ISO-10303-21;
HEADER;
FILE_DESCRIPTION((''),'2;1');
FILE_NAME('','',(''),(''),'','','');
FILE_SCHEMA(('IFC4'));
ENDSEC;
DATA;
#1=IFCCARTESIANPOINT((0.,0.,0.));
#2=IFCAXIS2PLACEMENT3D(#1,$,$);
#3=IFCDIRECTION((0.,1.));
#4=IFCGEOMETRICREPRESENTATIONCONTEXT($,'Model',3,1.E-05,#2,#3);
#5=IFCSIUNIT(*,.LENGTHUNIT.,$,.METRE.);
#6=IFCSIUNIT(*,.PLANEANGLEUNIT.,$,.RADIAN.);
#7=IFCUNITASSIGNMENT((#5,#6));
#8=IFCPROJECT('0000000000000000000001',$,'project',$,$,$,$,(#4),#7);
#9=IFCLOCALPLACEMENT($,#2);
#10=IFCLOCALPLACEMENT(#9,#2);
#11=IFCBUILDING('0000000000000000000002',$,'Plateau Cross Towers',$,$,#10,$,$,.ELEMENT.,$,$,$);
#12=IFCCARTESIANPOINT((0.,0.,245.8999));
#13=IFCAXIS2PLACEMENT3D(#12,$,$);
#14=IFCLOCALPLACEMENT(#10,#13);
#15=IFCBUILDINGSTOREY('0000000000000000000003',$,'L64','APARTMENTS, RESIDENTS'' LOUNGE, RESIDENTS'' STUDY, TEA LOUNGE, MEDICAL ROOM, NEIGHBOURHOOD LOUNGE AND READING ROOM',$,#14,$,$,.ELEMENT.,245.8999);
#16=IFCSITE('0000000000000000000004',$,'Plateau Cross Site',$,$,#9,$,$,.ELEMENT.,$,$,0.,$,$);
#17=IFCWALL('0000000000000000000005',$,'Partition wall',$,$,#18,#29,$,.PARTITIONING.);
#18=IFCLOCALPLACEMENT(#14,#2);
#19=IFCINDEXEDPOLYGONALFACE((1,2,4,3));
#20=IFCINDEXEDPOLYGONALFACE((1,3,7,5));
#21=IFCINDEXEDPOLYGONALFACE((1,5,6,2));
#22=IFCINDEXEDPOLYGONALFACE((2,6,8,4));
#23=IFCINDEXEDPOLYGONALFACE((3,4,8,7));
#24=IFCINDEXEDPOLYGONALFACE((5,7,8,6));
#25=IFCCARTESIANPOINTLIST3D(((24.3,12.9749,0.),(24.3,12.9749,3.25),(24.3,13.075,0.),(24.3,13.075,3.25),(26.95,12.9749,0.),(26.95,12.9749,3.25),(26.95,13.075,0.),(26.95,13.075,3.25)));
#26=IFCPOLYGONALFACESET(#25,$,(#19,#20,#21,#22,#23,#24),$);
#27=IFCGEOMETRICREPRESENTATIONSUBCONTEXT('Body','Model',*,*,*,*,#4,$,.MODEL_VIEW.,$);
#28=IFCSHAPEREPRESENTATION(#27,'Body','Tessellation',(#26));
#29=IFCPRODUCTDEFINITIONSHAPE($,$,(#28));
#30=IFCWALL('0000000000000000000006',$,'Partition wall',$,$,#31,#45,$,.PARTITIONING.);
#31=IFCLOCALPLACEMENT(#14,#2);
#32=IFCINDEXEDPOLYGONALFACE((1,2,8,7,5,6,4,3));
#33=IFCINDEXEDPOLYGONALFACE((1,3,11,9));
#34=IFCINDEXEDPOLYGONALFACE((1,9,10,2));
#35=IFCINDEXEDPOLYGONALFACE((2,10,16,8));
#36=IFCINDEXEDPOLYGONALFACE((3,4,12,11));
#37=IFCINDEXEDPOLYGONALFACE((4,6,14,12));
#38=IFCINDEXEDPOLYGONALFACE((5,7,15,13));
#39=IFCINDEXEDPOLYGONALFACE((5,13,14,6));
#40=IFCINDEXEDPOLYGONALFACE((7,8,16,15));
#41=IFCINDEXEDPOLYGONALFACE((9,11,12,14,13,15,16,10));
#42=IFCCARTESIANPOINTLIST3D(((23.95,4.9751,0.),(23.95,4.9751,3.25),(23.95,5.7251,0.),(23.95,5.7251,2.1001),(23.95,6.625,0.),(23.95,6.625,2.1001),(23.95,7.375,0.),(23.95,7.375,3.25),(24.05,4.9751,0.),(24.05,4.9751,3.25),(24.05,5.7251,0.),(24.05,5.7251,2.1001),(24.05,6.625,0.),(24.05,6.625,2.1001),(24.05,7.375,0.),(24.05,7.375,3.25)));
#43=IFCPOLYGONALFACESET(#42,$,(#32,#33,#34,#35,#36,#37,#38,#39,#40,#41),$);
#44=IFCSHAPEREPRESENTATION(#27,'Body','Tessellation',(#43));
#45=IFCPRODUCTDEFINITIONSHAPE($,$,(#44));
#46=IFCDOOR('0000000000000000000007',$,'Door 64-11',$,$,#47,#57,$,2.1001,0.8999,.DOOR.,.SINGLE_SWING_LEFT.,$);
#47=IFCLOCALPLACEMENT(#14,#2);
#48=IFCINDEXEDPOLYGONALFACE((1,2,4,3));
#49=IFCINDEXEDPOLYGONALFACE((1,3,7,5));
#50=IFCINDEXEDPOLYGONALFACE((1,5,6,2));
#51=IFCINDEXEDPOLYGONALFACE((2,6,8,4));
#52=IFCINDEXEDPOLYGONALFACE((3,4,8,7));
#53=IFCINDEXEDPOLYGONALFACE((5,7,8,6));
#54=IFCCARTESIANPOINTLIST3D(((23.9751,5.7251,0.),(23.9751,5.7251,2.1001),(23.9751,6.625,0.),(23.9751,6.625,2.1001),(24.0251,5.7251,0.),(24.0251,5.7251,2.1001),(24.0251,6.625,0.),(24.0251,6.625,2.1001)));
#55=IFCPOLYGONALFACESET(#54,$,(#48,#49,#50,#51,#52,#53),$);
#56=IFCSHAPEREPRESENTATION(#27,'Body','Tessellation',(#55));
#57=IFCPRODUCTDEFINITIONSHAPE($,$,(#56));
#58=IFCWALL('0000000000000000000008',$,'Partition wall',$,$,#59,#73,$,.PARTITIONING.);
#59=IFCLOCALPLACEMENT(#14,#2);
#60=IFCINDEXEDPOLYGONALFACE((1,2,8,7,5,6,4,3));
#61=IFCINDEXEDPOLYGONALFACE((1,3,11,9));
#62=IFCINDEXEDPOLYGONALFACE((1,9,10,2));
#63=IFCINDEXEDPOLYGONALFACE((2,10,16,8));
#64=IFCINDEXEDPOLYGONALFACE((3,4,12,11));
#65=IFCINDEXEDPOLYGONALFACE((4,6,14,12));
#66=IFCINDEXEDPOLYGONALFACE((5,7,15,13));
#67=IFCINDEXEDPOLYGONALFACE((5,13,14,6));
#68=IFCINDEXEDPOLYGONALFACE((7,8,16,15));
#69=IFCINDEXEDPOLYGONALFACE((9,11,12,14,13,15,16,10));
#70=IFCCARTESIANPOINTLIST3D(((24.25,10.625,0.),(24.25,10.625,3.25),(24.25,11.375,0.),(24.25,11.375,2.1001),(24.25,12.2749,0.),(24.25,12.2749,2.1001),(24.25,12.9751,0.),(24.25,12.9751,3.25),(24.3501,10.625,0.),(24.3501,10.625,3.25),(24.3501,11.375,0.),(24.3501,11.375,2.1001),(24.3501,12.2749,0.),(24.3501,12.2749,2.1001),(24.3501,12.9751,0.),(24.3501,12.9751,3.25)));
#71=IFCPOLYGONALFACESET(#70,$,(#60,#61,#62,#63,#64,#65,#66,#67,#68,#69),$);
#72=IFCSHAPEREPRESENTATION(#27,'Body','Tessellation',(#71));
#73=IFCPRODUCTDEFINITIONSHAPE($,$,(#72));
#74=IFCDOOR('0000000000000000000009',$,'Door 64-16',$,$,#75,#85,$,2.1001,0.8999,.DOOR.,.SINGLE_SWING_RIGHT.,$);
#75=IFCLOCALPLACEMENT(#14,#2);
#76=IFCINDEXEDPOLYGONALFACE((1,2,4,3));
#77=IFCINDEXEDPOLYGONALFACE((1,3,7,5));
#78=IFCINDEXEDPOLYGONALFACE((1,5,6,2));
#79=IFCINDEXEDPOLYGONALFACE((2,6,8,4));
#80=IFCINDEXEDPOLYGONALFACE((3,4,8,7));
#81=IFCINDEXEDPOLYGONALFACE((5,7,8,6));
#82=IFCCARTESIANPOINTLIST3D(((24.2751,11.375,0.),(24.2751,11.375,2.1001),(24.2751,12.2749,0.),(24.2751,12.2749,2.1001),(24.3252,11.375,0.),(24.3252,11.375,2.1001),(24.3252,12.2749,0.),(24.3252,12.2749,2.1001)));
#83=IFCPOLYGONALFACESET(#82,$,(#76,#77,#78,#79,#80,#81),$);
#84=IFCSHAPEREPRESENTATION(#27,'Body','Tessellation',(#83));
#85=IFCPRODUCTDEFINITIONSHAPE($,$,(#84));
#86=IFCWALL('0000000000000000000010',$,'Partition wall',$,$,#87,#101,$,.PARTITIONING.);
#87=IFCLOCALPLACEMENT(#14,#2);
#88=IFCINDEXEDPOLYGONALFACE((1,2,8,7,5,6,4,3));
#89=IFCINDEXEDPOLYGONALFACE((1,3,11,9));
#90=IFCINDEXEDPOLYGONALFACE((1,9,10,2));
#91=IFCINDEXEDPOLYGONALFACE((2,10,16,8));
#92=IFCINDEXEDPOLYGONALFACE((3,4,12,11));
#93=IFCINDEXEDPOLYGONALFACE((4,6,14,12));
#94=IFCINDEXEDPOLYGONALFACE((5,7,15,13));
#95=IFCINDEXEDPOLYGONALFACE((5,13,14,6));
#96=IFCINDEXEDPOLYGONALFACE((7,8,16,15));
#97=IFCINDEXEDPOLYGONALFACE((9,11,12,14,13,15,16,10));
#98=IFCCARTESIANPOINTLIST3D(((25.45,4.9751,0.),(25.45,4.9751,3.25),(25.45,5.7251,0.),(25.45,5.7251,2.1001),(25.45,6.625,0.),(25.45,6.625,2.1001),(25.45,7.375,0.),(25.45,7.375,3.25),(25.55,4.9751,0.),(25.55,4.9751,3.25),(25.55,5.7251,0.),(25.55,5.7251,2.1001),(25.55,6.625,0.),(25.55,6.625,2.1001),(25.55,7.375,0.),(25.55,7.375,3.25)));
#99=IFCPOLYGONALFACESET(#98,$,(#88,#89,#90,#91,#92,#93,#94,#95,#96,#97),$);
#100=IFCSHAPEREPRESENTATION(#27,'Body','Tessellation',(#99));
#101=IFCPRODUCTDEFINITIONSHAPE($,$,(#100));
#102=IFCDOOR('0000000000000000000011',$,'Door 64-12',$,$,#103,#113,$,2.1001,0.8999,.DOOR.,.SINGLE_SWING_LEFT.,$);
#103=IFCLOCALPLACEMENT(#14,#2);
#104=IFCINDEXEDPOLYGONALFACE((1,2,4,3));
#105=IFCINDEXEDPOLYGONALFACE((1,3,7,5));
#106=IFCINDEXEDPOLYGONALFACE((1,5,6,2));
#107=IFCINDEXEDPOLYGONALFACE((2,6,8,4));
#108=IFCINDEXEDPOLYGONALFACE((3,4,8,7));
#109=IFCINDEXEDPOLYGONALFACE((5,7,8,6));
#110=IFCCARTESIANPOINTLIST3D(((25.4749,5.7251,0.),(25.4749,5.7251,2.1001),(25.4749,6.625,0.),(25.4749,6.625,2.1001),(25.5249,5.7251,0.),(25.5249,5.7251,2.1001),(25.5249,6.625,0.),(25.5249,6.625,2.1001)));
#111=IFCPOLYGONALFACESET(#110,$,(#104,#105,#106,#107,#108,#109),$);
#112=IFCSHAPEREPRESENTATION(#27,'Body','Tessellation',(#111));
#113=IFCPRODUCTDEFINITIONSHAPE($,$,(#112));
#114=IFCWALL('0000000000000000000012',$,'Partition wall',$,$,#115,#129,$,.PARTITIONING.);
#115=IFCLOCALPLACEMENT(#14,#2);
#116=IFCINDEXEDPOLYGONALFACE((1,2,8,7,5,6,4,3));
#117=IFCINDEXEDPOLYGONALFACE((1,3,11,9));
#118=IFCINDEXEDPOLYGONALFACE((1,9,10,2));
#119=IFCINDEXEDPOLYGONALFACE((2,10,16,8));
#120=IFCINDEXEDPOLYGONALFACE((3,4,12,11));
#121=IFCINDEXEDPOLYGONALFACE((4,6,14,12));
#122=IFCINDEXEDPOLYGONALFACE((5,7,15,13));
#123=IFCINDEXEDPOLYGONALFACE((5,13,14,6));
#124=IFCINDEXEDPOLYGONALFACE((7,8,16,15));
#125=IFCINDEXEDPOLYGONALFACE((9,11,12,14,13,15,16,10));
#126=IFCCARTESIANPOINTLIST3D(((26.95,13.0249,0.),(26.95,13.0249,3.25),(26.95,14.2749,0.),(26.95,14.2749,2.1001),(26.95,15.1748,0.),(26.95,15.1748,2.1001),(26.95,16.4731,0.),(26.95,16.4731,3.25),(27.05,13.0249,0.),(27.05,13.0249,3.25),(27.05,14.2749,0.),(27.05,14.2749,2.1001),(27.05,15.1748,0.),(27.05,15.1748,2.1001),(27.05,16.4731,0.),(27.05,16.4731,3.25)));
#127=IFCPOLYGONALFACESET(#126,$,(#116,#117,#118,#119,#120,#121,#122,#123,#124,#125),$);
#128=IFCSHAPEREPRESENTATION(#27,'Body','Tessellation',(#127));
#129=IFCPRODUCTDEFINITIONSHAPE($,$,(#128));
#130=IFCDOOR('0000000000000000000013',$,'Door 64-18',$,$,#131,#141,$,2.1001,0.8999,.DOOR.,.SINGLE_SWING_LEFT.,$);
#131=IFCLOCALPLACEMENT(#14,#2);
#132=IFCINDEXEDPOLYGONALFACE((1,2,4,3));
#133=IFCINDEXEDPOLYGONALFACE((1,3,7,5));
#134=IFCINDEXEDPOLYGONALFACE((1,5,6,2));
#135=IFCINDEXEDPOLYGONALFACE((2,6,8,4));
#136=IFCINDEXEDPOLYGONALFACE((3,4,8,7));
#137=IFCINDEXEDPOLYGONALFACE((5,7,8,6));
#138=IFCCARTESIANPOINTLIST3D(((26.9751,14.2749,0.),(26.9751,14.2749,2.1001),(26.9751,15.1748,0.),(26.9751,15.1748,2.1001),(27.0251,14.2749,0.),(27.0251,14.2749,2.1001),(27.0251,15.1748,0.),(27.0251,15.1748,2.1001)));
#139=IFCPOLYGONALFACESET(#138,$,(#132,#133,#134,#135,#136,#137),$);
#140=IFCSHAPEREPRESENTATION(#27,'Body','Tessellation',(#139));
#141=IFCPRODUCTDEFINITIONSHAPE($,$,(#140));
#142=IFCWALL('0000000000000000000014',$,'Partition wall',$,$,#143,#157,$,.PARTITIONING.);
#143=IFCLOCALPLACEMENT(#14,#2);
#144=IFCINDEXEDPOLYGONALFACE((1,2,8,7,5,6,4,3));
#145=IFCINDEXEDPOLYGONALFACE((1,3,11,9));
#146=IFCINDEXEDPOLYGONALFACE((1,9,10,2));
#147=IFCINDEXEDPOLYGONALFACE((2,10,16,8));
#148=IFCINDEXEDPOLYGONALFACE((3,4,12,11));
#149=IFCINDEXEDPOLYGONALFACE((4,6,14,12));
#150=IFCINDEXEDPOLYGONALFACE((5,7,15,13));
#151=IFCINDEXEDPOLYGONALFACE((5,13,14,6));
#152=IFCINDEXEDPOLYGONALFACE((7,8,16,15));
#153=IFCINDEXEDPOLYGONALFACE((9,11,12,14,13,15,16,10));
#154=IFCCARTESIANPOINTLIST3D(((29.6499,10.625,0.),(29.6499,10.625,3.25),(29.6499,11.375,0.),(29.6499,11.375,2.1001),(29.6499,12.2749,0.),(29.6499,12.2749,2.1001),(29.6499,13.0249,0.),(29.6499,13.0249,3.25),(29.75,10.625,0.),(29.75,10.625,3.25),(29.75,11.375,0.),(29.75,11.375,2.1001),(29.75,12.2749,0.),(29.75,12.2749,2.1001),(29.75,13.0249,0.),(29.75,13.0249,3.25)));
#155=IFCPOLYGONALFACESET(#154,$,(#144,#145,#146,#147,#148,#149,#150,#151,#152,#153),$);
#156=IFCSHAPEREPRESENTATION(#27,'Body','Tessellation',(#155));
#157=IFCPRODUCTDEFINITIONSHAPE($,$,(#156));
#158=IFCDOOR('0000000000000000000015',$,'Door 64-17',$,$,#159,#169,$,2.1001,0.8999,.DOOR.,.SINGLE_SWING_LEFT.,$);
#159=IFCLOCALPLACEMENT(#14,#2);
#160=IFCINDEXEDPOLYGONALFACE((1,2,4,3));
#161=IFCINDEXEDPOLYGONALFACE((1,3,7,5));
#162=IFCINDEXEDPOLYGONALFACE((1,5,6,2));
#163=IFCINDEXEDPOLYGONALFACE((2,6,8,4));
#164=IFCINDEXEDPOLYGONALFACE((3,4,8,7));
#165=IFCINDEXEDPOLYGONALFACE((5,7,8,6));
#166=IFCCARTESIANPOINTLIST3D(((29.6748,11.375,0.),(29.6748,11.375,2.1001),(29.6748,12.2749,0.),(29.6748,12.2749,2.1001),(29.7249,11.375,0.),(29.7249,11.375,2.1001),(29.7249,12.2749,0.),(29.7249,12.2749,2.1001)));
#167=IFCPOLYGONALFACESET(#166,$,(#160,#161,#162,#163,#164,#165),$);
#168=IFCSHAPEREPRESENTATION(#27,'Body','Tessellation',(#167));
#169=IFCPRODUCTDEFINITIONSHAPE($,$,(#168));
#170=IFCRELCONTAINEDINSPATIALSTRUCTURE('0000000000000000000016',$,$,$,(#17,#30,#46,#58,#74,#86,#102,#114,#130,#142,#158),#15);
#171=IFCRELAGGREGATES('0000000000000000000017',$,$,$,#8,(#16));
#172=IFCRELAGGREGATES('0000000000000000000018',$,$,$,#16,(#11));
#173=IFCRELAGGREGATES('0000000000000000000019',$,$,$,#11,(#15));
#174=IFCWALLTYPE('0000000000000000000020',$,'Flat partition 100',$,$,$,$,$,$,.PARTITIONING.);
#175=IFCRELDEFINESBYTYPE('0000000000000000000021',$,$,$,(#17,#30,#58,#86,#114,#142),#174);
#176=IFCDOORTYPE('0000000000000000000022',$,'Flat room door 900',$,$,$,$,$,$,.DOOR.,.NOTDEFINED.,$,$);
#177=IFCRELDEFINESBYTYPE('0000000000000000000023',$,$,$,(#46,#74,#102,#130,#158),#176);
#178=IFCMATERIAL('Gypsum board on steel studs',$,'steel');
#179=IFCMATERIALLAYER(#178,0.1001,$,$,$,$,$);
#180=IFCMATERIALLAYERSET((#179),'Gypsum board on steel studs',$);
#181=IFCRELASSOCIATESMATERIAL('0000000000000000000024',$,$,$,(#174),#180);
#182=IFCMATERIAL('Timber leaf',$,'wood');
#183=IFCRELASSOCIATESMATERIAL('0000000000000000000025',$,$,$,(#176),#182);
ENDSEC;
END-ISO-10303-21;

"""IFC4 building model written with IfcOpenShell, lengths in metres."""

from ifc_helpers import new_model, si_unit, direction, frame, frame_2d, origin, place, context, subcontext, project, spatial, rectangle, extrude, material, layer, layer_set, type_object, element, fill, save


model = new_model("IFC4")

# Units and contexts
model_context = context("Model", 3, precision=1e-05, world=origin(), true_north=direction((0.0, 1.0)))
body_context = subcontext(model_context, "Body", "Model", "MODEL_VIEW")
ifc_project = project(units=[si_unit("LENGTHUNIT", "METRE"), si_unit("PLANEANGLEUNIT", "RADIAN")], contexts=[model_context])

# Site, building, storey
site_placement = place(None, origin())
site = spatial("IfcSite", under=ifc_project, at=site_placement, Name="Plateau Cross Site", CompositionType="ELEMENT", RefElevation=0.0)
building_placement = place(site_placement, origin())
building = spatial("IfcBuilding", under=site, at=building_placement, Name="Plateau Cross Towers", CompositionType="ELEMENT")
storey_placement = place(building_placement, frame((0.0, 0.0, 245.8999)))
storey = spatial("IfcBuildingStorey", under=building, at=storey_placement, Name="L64", Description="APARTMENTS, RESIDENTS' LOUNGE, RESIDENTS' STUDY, TEA LOUNGE, MEDICAL ROOM, NEIGHBOURHOOD LOUNGE AND READING ROOM", CompositionType="ELEMENT", Elevation=245.8999)

# Wall
ifc_material_1 = material(Name="Gypsum board on steel studs", Category="steel")
ifc_layer_1 = layer(ifc_material_1, 0.1001)
ifc_layer_set_1 = layer_set([ifc_layer_1], Name="Gypsum board on steel studs")
wall_type_1 = type_object("IfcWallType", Name="Flat partition 100", PredefinedType="PARTITIONING", material=ifc_layer_set_1)
wall_1_placement = place(storey_placement, frame((24.3, 13.0249, 0.0), z_axis=(0.0, 0.0, 1.0), x_axis=(1.0, 0.0, 0.0)))
element("IfcWall", 1, at=wall_1_placement, inside=storey, type_object=wall_type_1, Name="Partition wall", PredefinedType="PARTITIONING", context=body_context, shape_type="SweptSolid", body=[
    extrude(rectangle(XDim=2.6499, YDim=0.1001, at=frame_2d((1.325, 0.0))), origin(), (0.0, 0.0, 1.0), 3.25),
])

# Walls, openings, doors
wall_2_placement = place(storey_placement, frame((24.0, 4.9751, 0.0), z_axis=(0.0, 0.0, 1.0), x_axis=(0.0, 1.0, 0.0)))
wall_2 = element("IfcWall", 2, at=wall_2_placement, inside=storey, type_object=wall_type_1, Name="Partition wall", PredefinedType="PARTITIONING", context=body_context, shape_type="SweptSolid", body=[
    extrude(rectangle(XDim=2.3999, YDim=0.1001, at=frame_2d((1.2, 0.0))), origin(), (0.0, 0.0, 1.0), 3.25),
])
opening_1_placement = place(wall_2_placement, frame((0.75, 0.0, 0.0)))
opening_1 = element("IfcOpeningElement", 3, at=opening_1_placement, cuts=wall_2, PredefinedType="OPENING", context=body_context, shape_type="SweptSolid", body=[
    extrude(rectangle(XDim=0.8999, YDim=2.1001, at=frame_2d((0.45, 1.05))), frame((0.0, 0.0601, 0.0), z_axis=(0.0, -1.0, 0.0), x_axis=(1.0, 0.0, 0.0)), (0.0, 0.0, 1.0), 0.1201),
])
ifc_material_2 = material(Name="Timber leaf", Category="wood")
door_type_1 = type_object("IfcDoorType", Name="Flat room door 900", OperationType="NOTDEFINED", PredefinedType="DOOR", material=ifc_material_2)
door_1_placement = place(opening_1_placement, origin())
door_1 = element("IfcDoor", 4, at=door_1_placement, inside=storey, type_object=door_type_1, Name="Door 64-11", OperationType="SINGLE_SWING_LEFT", OverallHeight=2.1001, OverallWidth=0.8999, PredefinedType="DOOR", context=body_context, shape_type="SweptSolid", body=[
    extrude(rectangle(XDim=0.8999, YDim=2.1001, at=frame_2d((0.45, 1.05))), frame((0.0, 0.0249, 0.0), z_axis=(0.0, -1.0, 0.0), x_axis=(1.0, 0.0, 0.0)), (0.0, 0.0, 1.0), 0.05),
])
fill(opening_1, door_1)
wall_3_placement = place(storey_placement, frame((24.3, 10.625, 0.0), z_axis=(0.0, 0.0, 1.0), x_axis=(0.0, 1.0, 0.0)))
wall_3 = element("IfcWall", 5, at=wall_3_placement, inside=storey, type_object=wall_type_1, Name="Partition wall", PredefinedType="PARTITIONING", context=body_context, shape_type="SweptSolid", body=[
    extrude(rectangle(XDim=2.3501, YDim=0.1001, at=frame_2d((1.175, 0.0))), origin(), (0.0, 0.0, 1.0), 3.25),
])
opening_2_placement = place(wall_3_placement, frame((0.75, 0.0, 0.0)))
opening_2 = element("IfcOpeningElement", 6, at=opening_2_placement, cuts=wall_3, PredefinedType="OPENING", context=body_context, shape_type="SweptSolid", body=[
    extrude(rectangle(XDim=0.8999, YDim=2.1001, at=frame_2d((0.45, 1.05))), frame((0.0, 0.0601, 0.0), z_axis=(0.0, -1.0, 0.0), x_axis=(1.0, 0.0, 0.0)), (0.0, 0.0, 1.0), 0.1201),
])
door_2_placement = place(opening_2_placement, origin())
door_2 = element("IfcDoor", 7, at=door_2_placement, inside=storey, type_object=door_type_1, Name="Door 64-16", OperationType="SINGLE_SWING_RIGHT", OverallHeight=2.1001, OverallWidth=0.8999, PredefinedType="DOOR", context=body_context, shape_type="SweptSolid", body=[
    extrude(rectangle(XDim=0.8999, YDim=2.1001, at=frame_2d((0.45, 1.05))), frame((0.0, 0.0249, 0.0), z_axis=(0.0, -1.0, 0.0), x_axis=(1.0, 0.0, 0.0)), (0.0, 0.0, 1.0), 0.05),
])
fill(opening_2, door_2)
wall_4_placement = place(storey_placement, frame((25.5, 7.375, 0.0), z_axis=(0.0, 0.0, 1.0), x_axis=(0.0, -1.0, 0.0)))
wall_4 = element("IfcWall", 8, at=wall_4_placement, inside=storey, type_object=wall_type_1, Name="Partition wall", PredefinedType="PARTITIONING", context=body_context, shape_type="SweptSolid", body=[
    extrude(rectangle(XDim=2.3999, YDim=0.1001, at=frame_2d((1.2, 0.0))), origin(), (0.0, 0.0, 1.0), 3.25),
])
opening_3_placement = place(wall_4_placement, frame((0.75, 0.0, 0.0)))
opening_3 = element("IfcOpeningElement", 9, at=opening_3_placement, cuts=wall_4, PredefinedType="OPENING", context=body_context, shape_type="SweptSolid", body=[
    extrude(rectangle(XDim=0.8999, YDim=2.1001, at=frame_2d((0.45, 1.05))), frame((0.0, 0.0601, 0.0), z_axis=(0.0, -1.0, 0.0), x_axis=(1.0, 0.0, 0.0)), (0.0, 0.0, 1.0), 0.1201),
])
door_3_placement = place(opening_3_placement, origin())
door_3 = element("IfcDoor", 10, at=door_3_placement, inside=storey, type_object=door_type_1, Name="Door 64-12", OperationType="SINGLE_SWING_LEFT", OverallHeight=2.1001, OverallWidth=0.8999, PredefinedType="DOOR", context=body_context, shape_type="SweptSolid", body=[
    extrude(rectangle(XDim=0.8999, YDim=2.1001, at=frame_2d((0.45, 1.05))), frame((0.0, 0.0249, 0.0), z_axis=(0.0, -1.0, 0.0), x_axis=(1.0, 0.0, 0.0)), (0.0, 0.0, 1.0), 0.05),
])
fill(opening_3, door_3)
wall_5_placement = place(storey_placement, frame((27.0, 13.0249, 0.0), z_axis=(0.0, 0.0, 1.0), x_axis=(0.0, 1.0, 0.0)))
wall_5 = element("IfcWall", 11, at=wall_5_placement, inside=storey, type_object=wall_type_1, Name="Partition wall", PredefinedType="PARTITIONING", context=body_context, shape_type="SweptSolid", body=[
    extrude(rectangle(XDim=3.4482, YDim=0.1001, at=frame_2d((1.7241, 0.0))), origin(), (0.0, 0.0, 1.0), 3.25),
])
opening_4_placement = place(wall_5_placement, frame((1.25, 0.0, 0.0)))
opening_4 = element("IfcOpeningElement", 12, at=opening_4_placement, cuts=wall_5, PredefinedType="OPENING", context=body_context, shape_type="SweptSolid", body=[
    extrude(rectangle(XDim=0.8999, YDim=2.1001, at=frame_2d((0.45, 1.05))), frame((0.0, 0.0601, 0.0), z_axis=(0.0, -1.0, 0.0), x_axis=(1.0, 0.0, 0.0)), (0.0, 0.0, 1.0), 0.1201),
])
door_4_placement = place(opening_4_placement, origin())
door_4 = element("IfcDoor", 13, at=door_4_placement, inside=storey, type_object=door_type_1, Name="Door 64-18", OperationType="SINGLE_SWING_LEFT", OverallHeight=2.1001, OverallWidth=0.8999, PredefinedType="DOOR", context=body_context, shape_type="SweptSolid", body=[
    extrude(rectangle(XDim=0.8999, YDim=2.1001, at=frame_2d((0.45, 1.05))), frame((0.0, 0.0249, 0.0), z_axis=(0.0, -1.0, 0.0), x_axis=(1.0, 0.0, 0.0)), (0.0, 0.0, 1.0), 0.05),
])
fill(opening_4, door_4)
wall_6_placement = place(storey_placement, frame((29.7, 13.0249, 0.0), z_axis=(0.0, 0.0, 1.0), x_axis=(0.0, -1.0, 0.0)))
wall_6 = element("IfcWall", 14, at=wall_6_placement, inside=storey, type_object=wall_type_1, Name="Partition wall", PredefinedType="PARTITIONING", context=body_context, shape_type="SweptSolid", body=[
    extrude(rectangle(XDim=2.3999, YDim=0.1001, at=frame_2d((1.2, 0.0))), origin(), (0.0, 0.0, 1.0), 3.25),
])
opening_5_placement = place(wall_6_placement, frame((0.75, 0.0, 0.0)))
opening_5 = element("IfcOpeningElement", 15, at=opening_5_placement, cuts=wall_6, PredefinedType="OPENING", context=body_context, shape_type="SweptSolid", body=[
    extrude(rectangle(XDim=0.8999, YDim=2.1001, at=frame_2d((0.45, 1.05))), frame((0.0, 0.0601, 0.0), z_axis=(0.0, -1.0, 0.0), x_axis=(1.0, 0.0, 0.0)), (0.0, 0.0, 1.0), 0.1201),
])
door_5_placement = place(opening_5_placement, origin())
door_5 = element("IfcDoor", 16, at=door_5_placement, inside=storey, type_object=door_type_1, Name="Door 64-17", OperationType="SINGLE_SWING_LEFT", OverallHeight=2.1001, OverallWidth=0.8999, PredefinedType="DOOR", context=body_context, shape_type="SweptSolid", body=[
    extrude(rectangle(XDim=0.8999, YDim=2.1001, at=frame_2d((0.45, 1.05))), frame((0.0, 0.0249, 0.0), z_axis=(0.0, -1.0, 0.0), x_axis=(1.0, 0.0, 0.0)), (0.0, 0.0, 1.0), 0.05),
])
fill(opening_5, door_5)

save(model, "model.ifc")
